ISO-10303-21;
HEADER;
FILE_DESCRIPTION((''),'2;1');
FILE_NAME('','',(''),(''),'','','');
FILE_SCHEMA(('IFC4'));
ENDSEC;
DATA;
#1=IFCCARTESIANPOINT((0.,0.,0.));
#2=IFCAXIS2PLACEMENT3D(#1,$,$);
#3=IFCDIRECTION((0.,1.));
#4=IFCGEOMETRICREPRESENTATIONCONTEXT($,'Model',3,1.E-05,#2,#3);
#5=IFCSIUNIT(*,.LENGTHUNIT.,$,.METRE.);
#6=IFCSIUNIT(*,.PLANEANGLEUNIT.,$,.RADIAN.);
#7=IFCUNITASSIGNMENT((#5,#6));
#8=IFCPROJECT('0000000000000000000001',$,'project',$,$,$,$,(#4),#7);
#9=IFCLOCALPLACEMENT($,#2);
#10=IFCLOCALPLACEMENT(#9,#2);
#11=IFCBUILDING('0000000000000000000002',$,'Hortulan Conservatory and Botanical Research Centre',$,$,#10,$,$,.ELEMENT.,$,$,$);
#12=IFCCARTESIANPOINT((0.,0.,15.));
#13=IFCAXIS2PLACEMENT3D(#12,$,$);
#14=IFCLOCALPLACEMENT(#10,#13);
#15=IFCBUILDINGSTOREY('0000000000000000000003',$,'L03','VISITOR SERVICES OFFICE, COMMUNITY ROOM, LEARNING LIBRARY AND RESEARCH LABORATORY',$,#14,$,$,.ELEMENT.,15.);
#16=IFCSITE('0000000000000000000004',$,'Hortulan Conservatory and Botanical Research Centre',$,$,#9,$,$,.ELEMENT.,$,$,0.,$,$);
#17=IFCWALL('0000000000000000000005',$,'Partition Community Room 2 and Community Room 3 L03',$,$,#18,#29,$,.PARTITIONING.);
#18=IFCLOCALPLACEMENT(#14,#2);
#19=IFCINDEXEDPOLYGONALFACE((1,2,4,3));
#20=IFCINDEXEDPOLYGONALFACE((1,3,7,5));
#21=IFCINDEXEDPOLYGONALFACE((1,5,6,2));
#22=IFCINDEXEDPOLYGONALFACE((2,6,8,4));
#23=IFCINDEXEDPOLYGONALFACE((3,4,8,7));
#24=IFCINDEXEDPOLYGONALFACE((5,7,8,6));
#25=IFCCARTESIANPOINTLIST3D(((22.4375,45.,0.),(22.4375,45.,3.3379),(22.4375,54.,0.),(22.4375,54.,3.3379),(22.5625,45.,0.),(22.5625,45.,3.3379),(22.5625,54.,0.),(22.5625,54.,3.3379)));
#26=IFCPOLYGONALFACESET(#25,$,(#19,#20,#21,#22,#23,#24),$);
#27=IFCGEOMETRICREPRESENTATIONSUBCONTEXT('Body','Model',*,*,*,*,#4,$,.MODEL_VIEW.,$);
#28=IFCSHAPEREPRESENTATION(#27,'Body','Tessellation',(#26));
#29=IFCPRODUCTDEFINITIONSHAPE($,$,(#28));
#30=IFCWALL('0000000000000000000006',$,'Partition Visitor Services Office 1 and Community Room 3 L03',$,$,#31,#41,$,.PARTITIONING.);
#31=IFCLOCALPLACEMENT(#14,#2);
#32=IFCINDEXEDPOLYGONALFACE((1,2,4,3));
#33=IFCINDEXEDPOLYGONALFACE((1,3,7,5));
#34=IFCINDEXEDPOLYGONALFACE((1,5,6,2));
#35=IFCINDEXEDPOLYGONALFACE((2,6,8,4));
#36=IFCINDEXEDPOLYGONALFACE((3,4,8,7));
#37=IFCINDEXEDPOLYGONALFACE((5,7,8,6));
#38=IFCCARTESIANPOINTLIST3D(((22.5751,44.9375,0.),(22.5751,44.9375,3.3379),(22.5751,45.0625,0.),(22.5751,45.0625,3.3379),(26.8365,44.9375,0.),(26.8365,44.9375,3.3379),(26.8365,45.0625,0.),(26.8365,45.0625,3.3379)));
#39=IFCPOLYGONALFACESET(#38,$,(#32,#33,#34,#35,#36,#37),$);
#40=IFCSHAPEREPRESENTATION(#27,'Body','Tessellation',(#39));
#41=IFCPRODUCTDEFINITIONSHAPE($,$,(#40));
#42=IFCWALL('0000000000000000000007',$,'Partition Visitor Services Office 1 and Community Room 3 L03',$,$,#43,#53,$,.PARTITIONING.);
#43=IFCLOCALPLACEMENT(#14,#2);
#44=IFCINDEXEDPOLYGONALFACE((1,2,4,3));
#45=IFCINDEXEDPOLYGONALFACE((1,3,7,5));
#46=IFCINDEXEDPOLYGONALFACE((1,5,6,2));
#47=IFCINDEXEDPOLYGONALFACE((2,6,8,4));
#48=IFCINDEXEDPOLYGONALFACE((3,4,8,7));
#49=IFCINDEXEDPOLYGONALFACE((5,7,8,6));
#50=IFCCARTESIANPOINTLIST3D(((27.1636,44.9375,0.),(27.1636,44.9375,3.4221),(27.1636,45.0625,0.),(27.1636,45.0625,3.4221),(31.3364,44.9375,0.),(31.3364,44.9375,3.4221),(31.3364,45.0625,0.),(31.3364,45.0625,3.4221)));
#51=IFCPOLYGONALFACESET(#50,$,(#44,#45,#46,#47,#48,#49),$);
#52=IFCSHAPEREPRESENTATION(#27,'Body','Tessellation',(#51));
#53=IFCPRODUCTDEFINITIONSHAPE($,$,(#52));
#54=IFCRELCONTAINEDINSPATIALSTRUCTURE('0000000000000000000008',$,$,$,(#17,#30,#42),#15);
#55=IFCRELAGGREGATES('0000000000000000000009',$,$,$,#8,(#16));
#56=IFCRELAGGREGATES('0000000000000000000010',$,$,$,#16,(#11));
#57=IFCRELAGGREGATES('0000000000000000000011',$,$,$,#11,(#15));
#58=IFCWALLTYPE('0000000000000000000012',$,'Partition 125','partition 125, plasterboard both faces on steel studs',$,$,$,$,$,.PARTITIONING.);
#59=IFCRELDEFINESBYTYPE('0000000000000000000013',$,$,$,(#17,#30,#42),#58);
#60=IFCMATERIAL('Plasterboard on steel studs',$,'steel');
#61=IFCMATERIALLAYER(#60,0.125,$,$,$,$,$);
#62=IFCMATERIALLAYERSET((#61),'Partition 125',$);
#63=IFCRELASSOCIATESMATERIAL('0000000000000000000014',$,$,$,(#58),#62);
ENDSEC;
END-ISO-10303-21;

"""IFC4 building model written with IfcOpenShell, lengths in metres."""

from ifc_helpers import new_model, si_unit, direction, frame, frame_2d, origin, place, context, subcontext, project, spatial, rectangle, extrude, material, layer, layer_set, type_object, element, save


model = new_model("IFC4")

# Units and contexts
model_context = context("Model", 3, precision=1e-05, world=origin(), true_north=direction((0.0, 1.0)))
body_context = subcontext(model_context, "Body", "Model", "MODEL_VIEW")
ifc_project = project(units=[si_unit("LENGTHUNIT", "METRE"), si_unit("PLANEANGLEUNIT", "RADIAN")], contexts=[model_context])

# Site, building, storey
site_placement = place(None, origin())
site = spatial("IfcSite", under=ifc_project, at=site_placement, Name="Hortulan Conservatory and Botanical Research Centre", CompositionType="ELEMENT", RefElevation=0.0)
building_placement = place(site_placement, origin())
building = spatial("IfcBuilding", under=site, at=building_placement, Name="Hortulan Conservatory and Botanical Research Centre", CompositionType="ELEMENT")
storey_placement = place(building_placement, frame((0.0, 0.0, 15.0)))
storey = spatial("IfcBuildingStorey", under=building, at=storey_placement, Name="L03", Description="VISITOR SERVICES OFFICE, COMMUNITY ROOM, LEARNING LIBRARY AND RESEARCH LABORATORY", CompositionType="ELEMENT", Elevation=15.0)

# Shared definitions
ifc_material_1 = material(Name="Plasterboard on steel studs", Category="steel")

# Walls
ifc_layer_1 = layer(ifc_material_1, 0.125)
ifc_layer_set_1 = layer_set([ifc_layer_1], Name="Partition 125")
wall_type_1 = type_object("IfcWallType", Name="Partition 125", Description="partition 125, plasterboard both faces on steel studs", PredefinedType="PARTITIONING", material=ifc_layer_set_1)
wall_1_placement = place(storey_placement, frame((22.5, 45.0, 0.0), z_axis=(0.0, 0.0, 1.0), x_axis=(0.0, 1.0, 0.0)))
element("IfcWall", 1, at=wall_1_placement, inside=storey, type_object=wall_type_1, Name="Partition Community Room 2 and Community Room 3 L03", PredefinedType="PARTITIONING", context=body_context, shape_type="SweptSolid", body=[
    extrude(rectangle(XDim=9.0, YDim=0.125, at=frame_2d((4.5, 0.0))), origin(), (0.0, 0.0, 1.0), 3.3379),
])
wall_2_placement = place(storey_placement, frame((22.575, 45.0, 0.0), z_axis=(0.0, 0.0, 1.0), x_axis=(1.0, 0.0, 0.0)))
element("IfcWall", 2, at=wall_2_placement, inside=storey, type_object=wall_type_1, Name="Partition Visitor Services Office 1 and Community Room 3 L03", PredefinedType="PARTITIONING", context=body_context, shape_type="SweptSolid", body=[
    extrude(rectangle(XDim=4.2615, YDim=0.125, at=frame_2d((2.1309, 0.0))), origin(), (0.0, 0.0, 1.0), 3.3379),
])
wall_3_placement = place(storey_placement, frame((27.1636, 45.0, 0.0), z_axis=(0.0, 0.0, 1.0), x_axis=(1.0, 0.0, 0.0)))
element("IfcWall", 3, at=wall_3_placement, inside=storey, type_object=wall_type_1, Name="Partition Visitor Services Office 1 and Community Room 3 L03", PredefinedType="PARTITIONING", context=body_context, shape_type="SweptSolid", body=[
    extrude(rectangle(XDim=4.1729, YDim=0.125, at=frame_2d((2.0864, 0.0))), origin(), (0.0, 0.0, 1.0), 3.4221),
])

save(model, "model.ifc")
